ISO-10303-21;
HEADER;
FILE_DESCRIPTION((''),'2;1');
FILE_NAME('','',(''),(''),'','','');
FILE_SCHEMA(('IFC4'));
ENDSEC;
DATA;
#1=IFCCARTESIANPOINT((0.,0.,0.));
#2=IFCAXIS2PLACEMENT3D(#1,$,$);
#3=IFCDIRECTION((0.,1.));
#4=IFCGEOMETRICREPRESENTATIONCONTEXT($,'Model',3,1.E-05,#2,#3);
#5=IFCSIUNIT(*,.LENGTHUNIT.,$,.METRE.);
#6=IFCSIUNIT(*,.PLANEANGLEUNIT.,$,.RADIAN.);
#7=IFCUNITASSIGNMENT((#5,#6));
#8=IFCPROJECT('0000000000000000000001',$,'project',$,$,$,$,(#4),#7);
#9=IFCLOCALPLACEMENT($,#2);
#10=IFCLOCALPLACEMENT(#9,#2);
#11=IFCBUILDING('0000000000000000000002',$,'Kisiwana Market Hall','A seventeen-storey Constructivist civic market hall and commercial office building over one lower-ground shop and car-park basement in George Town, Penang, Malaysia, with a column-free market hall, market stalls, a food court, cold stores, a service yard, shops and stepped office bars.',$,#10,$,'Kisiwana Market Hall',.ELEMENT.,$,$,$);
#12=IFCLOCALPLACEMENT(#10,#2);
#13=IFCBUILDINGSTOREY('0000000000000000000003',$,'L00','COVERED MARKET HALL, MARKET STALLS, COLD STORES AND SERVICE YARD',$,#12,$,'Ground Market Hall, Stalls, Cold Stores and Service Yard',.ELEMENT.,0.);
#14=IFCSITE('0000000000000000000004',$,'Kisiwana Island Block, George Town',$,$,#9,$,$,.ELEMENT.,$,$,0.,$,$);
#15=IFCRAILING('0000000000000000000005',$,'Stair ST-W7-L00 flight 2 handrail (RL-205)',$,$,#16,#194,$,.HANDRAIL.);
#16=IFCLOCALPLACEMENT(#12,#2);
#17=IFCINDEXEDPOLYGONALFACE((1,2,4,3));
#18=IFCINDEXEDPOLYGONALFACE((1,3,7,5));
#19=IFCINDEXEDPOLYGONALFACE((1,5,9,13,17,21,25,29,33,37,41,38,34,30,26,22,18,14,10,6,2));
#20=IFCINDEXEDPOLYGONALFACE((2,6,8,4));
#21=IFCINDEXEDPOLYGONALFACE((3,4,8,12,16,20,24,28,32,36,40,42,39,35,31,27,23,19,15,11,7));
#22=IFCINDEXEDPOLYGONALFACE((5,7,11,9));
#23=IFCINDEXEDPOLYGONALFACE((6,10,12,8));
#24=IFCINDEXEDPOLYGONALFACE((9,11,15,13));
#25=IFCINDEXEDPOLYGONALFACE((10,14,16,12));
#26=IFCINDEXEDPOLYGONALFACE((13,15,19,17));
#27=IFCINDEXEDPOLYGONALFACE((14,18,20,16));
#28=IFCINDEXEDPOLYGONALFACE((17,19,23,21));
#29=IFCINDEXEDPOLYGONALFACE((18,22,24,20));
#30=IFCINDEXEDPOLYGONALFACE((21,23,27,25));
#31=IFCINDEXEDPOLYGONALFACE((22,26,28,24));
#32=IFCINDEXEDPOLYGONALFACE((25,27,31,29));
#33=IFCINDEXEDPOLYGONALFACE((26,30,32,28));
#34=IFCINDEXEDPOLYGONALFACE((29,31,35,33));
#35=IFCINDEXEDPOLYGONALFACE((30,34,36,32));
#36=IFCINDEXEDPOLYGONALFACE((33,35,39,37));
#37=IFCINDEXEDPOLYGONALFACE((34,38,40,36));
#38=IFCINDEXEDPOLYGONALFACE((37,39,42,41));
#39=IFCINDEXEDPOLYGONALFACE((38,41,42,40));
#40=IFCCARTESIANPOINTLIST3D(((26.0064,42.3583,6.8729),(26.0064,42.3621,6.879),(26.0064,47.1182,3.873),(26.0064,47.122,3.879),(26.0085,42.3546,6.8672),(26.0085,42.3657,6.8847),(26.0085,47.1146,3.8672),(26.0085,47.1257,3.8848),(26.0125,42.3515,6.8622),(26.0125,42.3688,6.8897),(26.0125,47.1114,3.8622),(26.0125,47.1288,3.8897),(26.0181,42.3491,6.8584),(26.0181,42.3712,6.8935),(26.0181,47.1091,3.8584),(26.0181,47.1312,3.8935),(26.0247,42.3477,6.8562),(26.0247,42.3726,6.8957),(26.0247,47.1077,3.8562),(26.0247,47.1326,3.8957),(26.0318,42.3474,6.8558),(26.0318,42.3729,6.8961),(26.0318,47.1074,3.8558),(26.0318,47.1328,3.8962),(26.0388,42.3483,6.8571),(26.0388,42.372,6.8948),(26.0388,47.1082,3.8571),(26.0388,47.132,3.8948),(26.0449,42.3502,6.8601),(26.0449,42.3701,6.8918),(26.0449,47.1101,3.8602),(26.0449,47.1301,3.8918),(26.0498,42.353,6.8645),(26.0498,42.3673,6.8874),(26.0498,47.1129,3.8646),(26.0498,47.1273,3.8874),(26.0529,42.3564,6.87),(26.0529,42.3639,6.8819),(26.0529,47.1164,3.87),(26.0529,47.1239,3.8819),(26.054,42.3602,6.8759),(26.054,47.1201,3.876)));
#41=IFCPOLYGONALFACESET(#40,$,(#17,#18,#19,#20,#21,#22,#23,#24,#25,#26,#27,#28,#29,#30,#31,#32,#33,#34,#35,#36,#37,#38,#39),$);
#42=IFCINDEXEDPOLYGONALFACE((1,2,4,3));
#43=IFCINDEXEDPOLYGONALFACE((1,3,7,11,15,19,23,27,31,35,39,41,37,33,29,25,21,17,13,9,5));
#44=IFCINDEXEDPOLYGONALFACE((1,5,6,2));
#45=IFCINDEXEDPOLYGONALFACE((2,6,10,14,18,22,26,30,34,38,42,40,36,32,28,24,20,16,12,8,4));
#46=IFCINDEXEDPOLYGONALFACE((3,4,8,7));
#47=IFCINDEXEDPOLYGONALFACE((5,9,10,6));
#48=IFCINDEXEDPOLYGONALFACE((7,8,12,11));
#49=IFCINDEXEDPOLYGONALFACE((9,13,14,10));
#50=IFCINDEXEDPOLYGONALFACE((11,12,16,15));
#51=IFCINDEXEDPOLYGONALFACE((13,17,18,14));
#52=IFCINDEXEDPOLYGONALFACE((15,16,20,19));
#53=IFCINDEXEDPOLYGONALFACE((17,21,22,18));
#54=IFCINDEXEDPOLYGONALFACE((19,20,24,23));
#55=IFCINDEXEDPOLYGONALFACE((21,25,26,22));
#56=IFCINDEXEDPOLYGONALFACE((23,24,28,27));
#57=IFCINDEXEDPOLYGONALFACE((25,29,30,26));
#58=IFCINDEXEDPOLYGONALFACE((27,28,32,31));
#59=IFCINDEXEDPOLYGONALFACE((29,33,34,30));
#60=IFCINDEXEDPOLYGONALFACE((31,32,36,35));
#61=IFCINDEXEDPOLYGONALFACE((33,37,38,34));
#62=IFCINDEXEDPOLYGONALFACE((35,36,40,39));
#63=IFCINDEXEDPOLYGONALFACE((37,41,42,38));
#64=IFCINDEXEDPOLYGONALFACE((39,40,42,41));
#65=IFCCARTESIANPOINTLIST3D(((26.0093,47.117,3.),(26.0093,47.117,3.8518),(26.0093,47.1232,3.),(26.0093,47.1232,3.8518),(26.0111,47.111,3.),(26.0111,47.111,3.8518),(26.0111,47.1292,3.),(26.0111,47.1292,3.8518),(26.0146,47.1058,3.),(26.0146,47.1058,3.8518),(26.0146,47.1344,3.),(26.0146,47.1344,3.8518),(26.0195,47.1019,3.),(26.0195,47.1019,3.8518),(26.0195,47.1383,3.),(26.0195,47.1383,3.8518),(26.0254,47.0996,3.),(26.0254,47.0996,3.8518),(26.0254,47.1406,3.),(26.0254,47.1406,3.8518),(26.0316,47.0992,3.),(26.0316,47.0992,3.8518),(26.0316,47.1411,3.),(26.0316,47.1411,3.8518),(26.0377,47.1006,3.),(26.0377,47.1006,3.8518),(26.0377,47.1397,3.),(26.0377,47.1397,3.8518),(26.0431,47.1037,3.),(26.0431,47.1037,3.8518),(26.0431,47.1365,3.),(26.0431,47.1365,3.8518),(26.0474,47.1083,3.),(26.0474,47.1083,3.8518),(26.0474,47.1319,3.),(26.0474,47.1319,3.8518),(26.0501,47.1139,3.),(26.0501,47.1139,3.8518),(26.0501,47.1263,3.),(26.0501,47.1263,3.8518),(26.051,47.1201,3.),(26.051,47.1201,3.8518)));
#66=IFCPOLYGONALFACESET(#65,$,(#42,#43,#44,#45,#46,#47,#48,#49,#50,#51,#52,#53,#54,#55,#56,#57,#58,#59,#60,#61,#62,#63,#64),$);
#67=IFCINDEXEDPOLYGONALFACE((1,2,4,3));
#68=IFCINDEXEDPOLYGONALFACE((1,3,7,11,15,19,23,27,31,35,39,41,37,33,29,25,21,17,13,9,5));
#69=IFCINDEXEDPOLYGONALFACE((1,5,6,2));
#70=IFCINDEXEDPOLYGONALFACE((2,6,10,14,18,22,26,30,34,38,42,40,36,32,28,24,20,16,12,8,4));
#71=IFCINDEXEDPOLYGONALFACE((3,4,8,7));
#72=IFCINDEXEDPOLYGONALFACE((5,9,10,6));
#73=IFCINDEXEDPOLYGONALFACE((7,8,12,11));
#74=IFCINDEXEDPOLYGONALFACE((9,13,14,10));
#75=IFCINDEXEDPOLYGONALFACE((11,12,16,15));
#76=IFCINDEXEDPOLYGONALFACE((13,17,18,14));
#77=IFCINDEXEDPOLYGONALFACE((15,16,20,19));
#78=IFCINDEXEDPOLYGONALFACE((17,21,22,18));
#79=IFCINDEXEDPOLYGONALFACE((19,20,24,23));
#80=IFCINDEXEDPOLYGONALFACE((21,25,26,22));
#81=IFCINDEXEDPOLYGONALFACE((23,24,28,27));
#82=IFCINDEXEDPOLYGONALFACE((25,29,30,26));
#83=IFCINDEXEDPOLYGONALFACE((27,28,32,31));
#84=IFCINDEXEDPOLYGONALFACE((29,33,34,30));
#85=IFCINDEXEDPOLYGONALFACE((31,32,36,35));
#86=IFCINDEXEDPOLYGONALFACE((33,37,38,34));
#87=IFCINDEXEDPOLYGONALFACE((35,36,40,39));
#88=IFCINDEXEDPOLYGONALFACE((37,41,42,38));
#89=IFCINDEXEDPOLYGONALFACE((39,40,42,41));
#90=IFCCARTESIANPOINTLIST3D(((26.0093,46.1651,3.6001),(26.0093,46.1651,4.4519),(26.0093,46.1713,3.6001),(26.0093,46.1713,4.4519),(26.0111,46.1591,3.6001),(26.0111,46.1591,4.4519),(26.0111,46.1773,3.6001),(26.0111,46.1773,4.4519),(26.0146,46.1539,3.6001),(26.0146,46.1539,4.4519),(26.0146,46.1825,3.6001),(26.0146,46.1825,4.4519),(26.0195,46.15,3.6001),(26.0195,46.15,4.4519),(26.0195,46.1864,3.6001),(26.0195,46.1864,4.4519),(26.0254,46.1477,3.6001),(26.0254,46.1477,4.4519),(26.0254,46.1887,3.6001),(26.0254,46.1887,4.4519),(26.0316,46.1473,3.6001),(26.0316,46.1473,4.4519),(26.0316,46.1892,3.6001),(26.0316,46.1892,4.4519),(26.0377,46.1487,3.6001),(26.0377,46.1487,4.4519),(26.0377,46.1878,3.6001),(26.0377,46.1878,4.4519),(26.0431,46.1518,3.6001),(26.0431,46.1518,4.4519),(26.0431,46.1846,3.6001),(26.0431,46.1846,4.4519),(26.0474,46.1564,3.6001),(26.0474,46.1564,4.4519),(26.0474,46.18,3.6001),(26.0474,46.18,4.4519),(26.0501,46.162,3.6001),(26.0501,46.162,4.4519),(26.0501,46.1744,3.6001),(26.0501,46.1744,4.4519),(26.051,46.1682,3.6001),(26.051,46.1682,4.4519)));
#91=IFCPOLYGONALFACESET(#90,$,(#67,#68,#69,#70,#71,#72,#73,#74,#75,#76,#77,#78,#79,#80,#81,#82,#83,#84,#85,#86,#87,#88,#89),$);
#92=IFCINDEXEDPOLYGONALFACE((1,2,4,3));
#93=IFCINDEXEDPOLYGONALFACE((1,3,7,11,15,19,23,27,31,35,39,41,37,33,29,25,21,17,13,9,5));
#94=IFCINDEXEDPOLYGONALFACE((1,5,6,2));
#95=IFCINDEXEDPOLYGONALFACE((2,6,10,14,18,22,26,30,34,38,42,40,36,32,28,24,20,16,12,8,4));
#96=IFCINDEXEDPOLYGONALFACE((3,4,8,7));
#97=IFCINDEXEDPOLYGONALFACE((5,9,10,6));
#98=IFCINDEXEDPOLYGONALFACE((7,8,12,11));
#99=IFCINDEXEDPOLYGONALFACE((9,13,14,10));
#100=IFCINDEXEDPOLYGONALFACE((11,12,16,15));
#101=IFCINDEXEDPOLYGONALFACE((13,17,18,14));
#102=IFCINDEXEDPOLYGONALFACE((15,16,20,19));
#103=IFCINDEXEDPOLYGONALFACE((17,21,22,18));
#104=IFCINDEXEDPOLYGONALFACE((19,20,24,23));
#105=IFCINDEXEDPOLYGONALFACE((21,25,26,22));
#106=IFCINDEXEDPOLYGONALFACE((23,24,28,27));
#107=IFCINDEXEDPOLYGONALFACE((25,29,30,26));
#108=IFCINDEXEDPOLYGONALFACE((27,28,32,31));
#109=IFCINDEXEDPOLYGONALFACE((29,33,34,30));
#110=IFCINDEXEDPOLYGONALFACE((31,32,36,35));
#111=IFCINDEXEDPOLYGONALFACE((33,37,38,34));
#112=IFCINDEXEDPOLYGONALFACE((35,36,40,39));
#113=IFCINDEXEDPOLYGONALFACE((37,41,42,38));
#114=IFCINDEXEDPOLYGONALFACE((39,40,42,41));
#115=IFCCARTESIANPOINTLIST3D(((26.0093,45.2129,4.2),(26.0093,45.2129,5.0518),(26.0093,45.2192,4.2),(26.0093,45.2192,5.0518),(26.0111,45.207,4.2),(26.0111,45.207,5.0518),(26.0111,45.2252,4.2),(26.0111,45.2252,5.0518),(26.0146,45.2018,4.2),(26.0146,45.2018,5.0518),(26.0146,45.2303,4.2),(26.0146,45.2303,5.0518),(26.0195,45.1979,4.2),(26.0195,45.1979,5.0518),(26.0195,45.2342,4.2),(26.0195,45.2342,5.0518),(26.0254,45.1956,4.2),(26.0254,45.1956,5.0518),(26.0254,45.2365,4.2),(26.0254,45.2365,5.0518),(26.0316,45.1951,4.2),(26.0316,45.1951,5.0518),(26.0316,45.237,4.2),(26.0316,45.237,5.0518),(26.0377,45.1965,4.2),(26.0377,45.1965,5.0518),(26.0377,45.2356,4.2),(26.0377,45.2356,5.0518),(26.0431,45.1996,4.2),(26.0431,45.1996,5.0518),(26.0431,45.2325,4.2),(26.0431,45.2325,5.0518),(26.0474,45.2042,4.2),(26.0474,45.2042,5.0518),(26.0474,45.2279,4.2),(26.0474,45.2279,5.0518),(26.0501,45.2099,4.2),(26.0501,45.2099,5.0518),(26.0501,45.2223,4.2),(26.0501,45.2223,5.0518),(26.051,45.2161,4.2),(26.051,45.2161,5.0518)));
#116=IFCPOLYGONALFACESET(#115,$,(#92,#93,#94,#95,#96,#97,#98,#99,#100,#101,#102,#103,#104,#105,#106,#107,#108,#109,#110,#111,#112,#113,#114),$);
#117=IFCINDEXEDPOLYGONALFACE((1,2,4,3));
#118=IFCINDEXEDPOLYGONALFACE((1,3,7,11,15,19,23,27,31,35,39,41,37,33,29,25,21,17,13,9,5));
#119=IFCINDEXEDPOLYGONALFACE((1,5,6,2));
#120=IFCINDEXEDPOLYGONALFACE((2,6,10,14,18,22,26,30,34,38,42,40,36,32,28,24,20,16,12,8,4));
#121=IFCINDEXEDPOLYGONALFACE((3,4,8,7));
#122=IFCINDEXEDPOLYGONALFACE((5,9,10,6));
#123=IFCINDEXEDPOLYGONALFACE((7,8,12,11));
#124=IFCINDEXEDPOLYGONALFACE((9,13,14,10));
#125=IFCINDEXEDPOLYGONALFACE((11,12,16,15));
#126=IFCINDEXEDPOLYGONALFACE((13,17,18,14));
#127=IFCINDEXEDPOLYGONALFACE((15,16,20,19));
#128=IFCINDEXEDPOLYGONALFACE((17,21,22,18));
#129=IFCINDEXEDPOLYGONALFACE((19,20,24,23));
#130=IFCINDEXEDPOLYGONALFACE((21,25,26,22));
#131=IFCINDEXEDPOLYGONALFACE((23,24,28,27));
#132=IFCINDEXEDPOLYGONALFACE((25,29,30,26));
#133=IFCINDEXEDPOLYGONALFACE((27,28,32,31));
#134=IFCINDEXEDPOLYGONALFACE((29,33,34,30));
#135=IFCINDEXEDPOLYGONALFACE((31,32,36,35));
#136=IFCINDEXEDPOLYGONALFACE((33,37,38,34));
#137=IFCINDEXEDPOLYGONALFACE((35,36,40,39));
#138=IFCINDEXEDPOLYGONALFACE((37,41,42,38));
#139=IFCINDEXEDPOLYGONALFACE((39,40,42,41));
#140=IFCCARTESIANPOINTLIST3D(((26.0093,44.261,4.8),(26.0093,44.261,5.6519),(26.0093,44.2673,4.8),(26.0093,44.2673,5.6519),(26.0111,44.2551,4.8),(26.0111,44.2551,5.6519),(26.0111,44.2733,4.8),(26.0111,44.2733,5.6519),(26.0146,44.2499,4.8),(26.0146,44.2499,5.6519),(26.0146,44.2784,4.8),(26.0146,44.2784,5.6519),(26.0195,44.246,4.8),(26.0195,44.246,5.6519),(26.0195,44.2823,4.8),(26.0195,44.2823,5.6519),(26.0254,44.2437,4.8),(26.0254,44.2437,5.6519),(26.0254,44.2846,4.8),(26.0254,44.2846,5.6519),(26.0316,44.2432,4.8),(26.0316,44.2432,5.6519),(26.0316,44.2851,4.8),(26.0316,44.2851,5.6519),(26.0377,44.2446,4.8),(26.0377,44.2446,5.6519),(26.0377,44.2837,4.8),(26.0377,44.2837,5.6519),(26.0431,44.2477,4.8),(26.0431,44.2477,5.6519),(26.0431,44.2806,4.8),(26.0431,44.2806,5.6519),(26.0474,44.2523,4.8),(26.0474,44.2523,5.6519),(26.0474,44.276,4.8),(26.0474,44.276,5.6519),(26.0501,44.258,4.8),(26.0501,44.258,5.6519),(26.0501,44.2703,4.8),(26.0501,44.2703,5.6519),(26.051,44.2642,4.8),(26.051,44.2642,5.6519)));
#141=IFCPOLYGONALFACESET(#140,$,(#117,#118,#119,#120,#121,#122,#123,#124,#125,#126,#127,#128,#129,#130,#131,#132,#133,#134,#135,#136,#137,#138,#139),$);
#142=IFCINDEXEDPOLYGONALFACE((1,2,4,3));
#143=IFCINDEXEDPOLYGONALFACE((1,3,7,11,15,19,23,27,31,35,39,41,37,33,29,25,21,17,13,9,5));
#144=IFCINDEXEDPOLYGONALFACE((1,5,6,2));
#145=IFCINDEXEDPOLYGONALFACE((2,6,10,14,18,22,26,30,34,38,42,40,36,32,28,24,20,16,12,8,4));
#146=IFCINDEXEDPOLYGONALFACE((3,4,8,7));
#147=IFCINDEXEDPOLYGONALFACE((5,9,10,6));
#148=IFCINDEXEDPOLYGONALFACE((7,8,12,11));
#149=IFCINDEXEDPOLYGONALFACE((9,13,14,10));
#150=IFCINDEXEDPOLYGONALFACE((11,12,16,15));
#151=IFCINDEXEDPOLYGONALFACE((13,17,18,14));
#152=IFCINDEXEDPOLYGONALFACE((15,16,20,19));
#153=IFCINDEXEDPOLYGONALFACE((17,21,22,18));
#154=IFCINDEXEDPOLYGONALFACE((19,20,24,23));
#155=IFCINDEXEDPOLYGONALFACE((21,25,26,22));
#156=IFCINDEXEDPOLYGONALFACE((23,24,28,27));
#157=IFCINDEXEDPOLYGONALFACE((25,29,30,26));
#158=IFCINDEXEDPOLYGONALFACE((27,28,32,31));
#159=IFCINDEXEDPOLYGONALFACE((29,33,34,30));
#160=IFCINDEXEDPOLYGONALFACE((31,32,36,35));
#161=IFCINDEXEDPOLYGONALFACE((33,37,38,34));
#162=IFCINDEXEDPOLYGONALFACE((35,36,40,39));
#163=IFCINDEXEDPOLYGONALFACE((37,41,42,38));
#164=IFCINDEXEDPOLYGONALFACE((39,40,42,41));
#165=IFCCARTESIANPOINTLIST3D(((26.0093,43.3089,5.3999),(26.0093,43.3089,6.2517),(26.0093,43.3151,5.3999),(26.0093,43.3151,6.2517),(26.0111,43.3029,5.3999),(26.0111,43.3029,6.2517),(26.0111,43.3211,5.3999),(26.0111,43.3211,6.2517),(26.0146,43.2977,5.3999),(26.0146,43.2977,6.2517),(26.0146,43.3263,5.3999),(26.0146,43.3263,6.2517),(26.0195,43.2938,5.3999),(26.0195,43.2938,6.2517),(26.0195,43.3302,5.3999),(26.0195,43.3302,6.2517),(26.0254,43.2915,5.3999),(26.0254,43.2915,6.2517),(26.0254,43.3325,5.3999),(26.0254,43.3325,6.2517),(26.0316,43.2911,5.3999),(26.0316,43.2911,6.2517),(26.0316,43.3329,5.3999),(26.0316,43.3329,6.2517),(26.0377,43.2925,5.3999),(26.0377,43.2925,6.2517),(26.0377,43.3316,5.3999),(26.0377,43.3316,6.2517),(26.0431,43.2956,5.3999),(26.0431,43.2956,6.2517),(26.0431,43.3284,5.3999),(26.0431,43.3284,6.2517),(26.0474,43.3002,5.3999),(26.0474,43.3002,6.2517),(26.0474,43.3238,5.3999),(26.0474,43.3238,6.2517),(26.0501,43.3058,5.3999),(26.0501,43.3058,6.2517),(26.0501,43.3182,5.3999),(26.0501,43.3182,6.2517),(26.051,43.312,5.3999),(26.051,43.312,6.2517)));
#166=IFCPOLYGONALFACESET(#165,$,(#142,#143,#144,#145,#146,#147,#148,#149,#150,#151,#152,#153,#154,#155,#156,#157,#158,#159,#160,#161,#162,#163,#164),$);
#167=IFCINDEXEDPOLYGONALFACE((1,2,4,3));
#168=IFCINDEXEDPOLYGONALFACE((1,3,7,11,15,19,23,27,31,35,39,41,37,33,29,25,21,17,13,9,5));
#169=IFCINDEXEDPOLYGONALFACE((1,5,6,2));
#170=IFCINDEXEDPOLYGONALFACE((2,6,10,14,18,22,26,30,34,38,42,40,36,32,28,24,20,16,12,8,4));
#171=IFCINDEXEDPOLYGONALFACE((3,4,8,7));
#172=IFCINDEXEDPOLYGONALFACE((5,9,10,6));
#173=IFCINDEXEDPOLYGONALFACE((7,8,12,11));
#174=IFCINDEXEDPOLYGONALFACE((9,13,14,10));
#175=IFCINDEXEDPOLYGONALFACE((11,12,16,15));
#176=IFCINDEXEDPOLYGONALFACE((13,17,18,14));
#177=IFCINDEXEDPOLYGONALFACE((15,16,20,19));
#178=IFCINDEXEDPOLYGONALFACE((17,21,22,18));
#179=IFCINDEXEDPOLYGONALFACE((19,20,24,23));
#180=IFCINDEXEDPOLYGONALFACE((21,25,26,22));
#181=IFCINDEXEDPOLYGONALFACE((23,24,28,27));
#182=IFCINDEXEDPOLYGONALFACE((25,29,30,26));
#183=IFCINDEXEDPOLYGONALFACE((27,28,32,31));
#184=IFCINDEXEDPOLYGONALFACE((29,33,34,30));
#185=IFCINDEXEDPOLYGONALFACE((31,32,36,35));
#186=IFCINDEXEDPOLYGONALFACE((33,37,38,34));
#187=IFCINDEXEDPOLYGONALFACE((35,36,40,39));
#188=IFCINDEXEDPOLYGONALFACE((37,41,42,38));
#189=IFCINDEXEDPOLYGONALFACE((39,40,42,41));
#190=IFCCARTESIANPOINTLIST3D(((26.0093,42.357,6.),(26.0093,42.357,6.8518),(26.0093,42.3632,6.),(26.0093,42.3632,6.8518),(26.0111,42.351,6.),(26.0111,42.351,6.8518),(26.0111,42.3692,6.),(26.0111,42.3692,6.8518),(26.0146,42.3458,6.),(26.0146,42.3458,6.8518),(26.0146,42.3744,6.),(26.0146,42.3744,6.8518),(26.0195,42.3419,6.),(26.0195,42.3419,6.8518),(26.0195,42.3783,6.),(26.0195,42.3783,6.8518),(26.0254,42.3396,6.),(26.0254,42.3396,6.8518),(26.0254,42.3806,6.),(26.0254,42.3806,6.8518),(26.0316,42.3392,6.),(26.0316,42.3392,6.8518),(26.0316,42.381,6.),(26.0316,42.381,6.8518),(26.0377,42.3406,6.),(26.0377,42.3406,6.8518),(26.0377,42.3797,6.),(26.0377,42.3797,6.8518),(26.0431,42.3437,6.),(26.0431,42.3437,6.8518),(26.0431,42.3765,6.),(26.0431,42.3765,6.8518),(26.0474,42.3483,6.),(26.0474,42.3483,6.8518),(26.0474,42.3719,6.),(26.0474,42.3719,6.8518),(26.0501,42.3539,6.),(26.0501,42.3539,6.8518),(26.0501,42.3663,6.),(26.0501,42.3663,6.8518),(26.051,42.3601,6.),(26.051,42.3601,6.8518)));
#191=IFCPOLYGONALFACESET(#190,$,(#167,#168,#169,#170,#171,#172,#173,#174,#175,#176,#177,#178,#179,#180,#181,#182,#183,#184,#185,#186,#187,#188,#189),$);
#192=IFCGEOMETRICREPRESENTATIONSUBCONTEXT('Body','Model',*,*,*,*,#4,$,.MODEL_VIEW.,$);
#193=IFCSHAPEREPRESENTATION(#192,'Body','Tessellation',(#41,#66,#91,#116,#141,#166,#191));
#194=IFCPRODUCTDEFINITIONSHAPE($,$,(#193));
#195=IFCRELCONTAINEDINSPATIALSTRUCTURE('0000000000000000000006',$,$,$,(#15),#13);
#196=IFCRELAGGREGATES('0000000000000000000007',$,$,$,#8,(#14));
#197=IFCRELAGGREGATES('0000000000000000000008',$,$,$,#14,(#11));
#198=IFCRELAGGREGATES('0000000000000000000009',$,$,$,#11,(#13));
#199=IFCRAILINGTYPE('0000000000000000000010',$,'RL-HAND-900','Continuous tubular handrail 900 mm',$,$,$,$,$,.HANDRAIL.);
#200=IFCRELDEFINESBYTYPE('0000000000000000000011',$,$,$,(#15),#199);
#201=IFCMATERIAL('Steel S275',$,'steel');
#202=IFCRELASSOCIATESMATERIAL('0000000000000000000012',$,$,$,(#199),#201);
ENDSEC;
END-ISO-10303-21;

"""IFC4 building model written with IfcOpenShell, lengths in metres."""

from ifc_helpers import new_model, si_unit, direction, frame, origin, origin_2d, place, context, subcontext, project, spatial, circle, extrude, material, type_object, element, save


model = new_model("IFC4")

# Units and contexts
model_context = context("Model", 3, precision=1e-05, world=origin(), true_north=direction((0.0, 1.0)))
body_context = subcontext(model_context, "Body", "Model", "MODEL_VIEW")
ifc_project = project(units=[si_unit("LENGTHUNIT", "METRE"), si_unit("PLANEANGLEUNIT", "RADIAN")], contexts=[model_context])

# Site, building, storey
site_placement = place(None, origin())
site = spatial("IfcSite", under=ifc_project, at=site_placement, Name="Kisiwana Island Block, George Town", CompositionType="ELEMENT", RefElevation=0.0)
building_placement = place(site_placement, origin())
building = spatial("IfcBuilding", under=site, at=building_placement, Name="Kisiwana Market Hall", Description="A seventeen-storey Constructivist civic market hall and commercial office building over one lower-ground shop and car-park basement in George Town, Penang, Malaysia, with a column-free market hall, market stalls, a food court, cold stores, a service yard, shops and stepped office bars.", LongName="Kisiwana Market Hall", CompositionType="ELEMENT")
storey_placement = place(building_placement, origin())
storey = spatial("IfcBuildingStorey", under=building, at=storey_placement, Name="L00", Description="COVERED MARKET HALL, MARKET STALLS, COLD STORES AND SERVICE YARD", LongName="Ground Market Hall, Stalls, Cold Stores and Service Yard", CompositionType="ELEMENT", Elevation=0.0)

# Railing
ifc_material_1 = material(Name="Steel S275", Category="steel")
railing_type_1 = type_object("IfcRailingType", Name="RL-HAND-900", Description="Continuous tubular handrail 900 mm", PredefinedType="HANDRAIL", material=ifc_material_1)
railing_1_placement = place(storey_placement, frame((26.03, 47.1201, 3.0)))
element("IfcRailing", 1, at=railing_1_placement, inside=storey, type_object=railing_type_1, Name="Stair ST-W7-L00 flight 2 handrail (RL-205)", PredefinedType="HANDRAIL", context=body_context, shape_type="SweptSolid", body=[
    extrude(circle(Radius=0.0239, at=origin_2d()), frame((0.0, 0.0, 0.876), z_axis=(0.0, -0.845996, 0.53319), x_axis=(1.0, 0.0, 0.0)), (0.0, 0.0, 1.0), 5.6265),
    extrude(circle(Radius=0.021, at=origin_2d()), origin(), (0.0, 0.0, 1.0), 0.8518),
    extrude(circle(Radius=0.021, at=origin_2d()), frame((0.0, -0.9519, 0.6001)), (0.0, 0.0, 1.0), 0.8518),
    extrude(circle(Radius=0.021, at=origin_2d()), frame((0.0, -1.9041, 1.2)), (0.0, 0.0, 1.0), 0.8518),
    extrude(circle(Radius=0.021, at=origin_2d()), frame((0.0, -2.856, 1.8)), (0.0, 0.0, 1.0), 0.8518),
    extrude(circle(Radius=0.021, at=origin_2d()), frame((0.0, -3.8081, 2.3999)), (0.0, 0.0, 1.0), 0.8518),
    extrude(circle(Radius=0.021, at=origin_2d()), frame((0.0, -4.76, 3.0)), (0.0, 0.0, 1.0), 0.8518),
])

save(model, "model.ifc")
